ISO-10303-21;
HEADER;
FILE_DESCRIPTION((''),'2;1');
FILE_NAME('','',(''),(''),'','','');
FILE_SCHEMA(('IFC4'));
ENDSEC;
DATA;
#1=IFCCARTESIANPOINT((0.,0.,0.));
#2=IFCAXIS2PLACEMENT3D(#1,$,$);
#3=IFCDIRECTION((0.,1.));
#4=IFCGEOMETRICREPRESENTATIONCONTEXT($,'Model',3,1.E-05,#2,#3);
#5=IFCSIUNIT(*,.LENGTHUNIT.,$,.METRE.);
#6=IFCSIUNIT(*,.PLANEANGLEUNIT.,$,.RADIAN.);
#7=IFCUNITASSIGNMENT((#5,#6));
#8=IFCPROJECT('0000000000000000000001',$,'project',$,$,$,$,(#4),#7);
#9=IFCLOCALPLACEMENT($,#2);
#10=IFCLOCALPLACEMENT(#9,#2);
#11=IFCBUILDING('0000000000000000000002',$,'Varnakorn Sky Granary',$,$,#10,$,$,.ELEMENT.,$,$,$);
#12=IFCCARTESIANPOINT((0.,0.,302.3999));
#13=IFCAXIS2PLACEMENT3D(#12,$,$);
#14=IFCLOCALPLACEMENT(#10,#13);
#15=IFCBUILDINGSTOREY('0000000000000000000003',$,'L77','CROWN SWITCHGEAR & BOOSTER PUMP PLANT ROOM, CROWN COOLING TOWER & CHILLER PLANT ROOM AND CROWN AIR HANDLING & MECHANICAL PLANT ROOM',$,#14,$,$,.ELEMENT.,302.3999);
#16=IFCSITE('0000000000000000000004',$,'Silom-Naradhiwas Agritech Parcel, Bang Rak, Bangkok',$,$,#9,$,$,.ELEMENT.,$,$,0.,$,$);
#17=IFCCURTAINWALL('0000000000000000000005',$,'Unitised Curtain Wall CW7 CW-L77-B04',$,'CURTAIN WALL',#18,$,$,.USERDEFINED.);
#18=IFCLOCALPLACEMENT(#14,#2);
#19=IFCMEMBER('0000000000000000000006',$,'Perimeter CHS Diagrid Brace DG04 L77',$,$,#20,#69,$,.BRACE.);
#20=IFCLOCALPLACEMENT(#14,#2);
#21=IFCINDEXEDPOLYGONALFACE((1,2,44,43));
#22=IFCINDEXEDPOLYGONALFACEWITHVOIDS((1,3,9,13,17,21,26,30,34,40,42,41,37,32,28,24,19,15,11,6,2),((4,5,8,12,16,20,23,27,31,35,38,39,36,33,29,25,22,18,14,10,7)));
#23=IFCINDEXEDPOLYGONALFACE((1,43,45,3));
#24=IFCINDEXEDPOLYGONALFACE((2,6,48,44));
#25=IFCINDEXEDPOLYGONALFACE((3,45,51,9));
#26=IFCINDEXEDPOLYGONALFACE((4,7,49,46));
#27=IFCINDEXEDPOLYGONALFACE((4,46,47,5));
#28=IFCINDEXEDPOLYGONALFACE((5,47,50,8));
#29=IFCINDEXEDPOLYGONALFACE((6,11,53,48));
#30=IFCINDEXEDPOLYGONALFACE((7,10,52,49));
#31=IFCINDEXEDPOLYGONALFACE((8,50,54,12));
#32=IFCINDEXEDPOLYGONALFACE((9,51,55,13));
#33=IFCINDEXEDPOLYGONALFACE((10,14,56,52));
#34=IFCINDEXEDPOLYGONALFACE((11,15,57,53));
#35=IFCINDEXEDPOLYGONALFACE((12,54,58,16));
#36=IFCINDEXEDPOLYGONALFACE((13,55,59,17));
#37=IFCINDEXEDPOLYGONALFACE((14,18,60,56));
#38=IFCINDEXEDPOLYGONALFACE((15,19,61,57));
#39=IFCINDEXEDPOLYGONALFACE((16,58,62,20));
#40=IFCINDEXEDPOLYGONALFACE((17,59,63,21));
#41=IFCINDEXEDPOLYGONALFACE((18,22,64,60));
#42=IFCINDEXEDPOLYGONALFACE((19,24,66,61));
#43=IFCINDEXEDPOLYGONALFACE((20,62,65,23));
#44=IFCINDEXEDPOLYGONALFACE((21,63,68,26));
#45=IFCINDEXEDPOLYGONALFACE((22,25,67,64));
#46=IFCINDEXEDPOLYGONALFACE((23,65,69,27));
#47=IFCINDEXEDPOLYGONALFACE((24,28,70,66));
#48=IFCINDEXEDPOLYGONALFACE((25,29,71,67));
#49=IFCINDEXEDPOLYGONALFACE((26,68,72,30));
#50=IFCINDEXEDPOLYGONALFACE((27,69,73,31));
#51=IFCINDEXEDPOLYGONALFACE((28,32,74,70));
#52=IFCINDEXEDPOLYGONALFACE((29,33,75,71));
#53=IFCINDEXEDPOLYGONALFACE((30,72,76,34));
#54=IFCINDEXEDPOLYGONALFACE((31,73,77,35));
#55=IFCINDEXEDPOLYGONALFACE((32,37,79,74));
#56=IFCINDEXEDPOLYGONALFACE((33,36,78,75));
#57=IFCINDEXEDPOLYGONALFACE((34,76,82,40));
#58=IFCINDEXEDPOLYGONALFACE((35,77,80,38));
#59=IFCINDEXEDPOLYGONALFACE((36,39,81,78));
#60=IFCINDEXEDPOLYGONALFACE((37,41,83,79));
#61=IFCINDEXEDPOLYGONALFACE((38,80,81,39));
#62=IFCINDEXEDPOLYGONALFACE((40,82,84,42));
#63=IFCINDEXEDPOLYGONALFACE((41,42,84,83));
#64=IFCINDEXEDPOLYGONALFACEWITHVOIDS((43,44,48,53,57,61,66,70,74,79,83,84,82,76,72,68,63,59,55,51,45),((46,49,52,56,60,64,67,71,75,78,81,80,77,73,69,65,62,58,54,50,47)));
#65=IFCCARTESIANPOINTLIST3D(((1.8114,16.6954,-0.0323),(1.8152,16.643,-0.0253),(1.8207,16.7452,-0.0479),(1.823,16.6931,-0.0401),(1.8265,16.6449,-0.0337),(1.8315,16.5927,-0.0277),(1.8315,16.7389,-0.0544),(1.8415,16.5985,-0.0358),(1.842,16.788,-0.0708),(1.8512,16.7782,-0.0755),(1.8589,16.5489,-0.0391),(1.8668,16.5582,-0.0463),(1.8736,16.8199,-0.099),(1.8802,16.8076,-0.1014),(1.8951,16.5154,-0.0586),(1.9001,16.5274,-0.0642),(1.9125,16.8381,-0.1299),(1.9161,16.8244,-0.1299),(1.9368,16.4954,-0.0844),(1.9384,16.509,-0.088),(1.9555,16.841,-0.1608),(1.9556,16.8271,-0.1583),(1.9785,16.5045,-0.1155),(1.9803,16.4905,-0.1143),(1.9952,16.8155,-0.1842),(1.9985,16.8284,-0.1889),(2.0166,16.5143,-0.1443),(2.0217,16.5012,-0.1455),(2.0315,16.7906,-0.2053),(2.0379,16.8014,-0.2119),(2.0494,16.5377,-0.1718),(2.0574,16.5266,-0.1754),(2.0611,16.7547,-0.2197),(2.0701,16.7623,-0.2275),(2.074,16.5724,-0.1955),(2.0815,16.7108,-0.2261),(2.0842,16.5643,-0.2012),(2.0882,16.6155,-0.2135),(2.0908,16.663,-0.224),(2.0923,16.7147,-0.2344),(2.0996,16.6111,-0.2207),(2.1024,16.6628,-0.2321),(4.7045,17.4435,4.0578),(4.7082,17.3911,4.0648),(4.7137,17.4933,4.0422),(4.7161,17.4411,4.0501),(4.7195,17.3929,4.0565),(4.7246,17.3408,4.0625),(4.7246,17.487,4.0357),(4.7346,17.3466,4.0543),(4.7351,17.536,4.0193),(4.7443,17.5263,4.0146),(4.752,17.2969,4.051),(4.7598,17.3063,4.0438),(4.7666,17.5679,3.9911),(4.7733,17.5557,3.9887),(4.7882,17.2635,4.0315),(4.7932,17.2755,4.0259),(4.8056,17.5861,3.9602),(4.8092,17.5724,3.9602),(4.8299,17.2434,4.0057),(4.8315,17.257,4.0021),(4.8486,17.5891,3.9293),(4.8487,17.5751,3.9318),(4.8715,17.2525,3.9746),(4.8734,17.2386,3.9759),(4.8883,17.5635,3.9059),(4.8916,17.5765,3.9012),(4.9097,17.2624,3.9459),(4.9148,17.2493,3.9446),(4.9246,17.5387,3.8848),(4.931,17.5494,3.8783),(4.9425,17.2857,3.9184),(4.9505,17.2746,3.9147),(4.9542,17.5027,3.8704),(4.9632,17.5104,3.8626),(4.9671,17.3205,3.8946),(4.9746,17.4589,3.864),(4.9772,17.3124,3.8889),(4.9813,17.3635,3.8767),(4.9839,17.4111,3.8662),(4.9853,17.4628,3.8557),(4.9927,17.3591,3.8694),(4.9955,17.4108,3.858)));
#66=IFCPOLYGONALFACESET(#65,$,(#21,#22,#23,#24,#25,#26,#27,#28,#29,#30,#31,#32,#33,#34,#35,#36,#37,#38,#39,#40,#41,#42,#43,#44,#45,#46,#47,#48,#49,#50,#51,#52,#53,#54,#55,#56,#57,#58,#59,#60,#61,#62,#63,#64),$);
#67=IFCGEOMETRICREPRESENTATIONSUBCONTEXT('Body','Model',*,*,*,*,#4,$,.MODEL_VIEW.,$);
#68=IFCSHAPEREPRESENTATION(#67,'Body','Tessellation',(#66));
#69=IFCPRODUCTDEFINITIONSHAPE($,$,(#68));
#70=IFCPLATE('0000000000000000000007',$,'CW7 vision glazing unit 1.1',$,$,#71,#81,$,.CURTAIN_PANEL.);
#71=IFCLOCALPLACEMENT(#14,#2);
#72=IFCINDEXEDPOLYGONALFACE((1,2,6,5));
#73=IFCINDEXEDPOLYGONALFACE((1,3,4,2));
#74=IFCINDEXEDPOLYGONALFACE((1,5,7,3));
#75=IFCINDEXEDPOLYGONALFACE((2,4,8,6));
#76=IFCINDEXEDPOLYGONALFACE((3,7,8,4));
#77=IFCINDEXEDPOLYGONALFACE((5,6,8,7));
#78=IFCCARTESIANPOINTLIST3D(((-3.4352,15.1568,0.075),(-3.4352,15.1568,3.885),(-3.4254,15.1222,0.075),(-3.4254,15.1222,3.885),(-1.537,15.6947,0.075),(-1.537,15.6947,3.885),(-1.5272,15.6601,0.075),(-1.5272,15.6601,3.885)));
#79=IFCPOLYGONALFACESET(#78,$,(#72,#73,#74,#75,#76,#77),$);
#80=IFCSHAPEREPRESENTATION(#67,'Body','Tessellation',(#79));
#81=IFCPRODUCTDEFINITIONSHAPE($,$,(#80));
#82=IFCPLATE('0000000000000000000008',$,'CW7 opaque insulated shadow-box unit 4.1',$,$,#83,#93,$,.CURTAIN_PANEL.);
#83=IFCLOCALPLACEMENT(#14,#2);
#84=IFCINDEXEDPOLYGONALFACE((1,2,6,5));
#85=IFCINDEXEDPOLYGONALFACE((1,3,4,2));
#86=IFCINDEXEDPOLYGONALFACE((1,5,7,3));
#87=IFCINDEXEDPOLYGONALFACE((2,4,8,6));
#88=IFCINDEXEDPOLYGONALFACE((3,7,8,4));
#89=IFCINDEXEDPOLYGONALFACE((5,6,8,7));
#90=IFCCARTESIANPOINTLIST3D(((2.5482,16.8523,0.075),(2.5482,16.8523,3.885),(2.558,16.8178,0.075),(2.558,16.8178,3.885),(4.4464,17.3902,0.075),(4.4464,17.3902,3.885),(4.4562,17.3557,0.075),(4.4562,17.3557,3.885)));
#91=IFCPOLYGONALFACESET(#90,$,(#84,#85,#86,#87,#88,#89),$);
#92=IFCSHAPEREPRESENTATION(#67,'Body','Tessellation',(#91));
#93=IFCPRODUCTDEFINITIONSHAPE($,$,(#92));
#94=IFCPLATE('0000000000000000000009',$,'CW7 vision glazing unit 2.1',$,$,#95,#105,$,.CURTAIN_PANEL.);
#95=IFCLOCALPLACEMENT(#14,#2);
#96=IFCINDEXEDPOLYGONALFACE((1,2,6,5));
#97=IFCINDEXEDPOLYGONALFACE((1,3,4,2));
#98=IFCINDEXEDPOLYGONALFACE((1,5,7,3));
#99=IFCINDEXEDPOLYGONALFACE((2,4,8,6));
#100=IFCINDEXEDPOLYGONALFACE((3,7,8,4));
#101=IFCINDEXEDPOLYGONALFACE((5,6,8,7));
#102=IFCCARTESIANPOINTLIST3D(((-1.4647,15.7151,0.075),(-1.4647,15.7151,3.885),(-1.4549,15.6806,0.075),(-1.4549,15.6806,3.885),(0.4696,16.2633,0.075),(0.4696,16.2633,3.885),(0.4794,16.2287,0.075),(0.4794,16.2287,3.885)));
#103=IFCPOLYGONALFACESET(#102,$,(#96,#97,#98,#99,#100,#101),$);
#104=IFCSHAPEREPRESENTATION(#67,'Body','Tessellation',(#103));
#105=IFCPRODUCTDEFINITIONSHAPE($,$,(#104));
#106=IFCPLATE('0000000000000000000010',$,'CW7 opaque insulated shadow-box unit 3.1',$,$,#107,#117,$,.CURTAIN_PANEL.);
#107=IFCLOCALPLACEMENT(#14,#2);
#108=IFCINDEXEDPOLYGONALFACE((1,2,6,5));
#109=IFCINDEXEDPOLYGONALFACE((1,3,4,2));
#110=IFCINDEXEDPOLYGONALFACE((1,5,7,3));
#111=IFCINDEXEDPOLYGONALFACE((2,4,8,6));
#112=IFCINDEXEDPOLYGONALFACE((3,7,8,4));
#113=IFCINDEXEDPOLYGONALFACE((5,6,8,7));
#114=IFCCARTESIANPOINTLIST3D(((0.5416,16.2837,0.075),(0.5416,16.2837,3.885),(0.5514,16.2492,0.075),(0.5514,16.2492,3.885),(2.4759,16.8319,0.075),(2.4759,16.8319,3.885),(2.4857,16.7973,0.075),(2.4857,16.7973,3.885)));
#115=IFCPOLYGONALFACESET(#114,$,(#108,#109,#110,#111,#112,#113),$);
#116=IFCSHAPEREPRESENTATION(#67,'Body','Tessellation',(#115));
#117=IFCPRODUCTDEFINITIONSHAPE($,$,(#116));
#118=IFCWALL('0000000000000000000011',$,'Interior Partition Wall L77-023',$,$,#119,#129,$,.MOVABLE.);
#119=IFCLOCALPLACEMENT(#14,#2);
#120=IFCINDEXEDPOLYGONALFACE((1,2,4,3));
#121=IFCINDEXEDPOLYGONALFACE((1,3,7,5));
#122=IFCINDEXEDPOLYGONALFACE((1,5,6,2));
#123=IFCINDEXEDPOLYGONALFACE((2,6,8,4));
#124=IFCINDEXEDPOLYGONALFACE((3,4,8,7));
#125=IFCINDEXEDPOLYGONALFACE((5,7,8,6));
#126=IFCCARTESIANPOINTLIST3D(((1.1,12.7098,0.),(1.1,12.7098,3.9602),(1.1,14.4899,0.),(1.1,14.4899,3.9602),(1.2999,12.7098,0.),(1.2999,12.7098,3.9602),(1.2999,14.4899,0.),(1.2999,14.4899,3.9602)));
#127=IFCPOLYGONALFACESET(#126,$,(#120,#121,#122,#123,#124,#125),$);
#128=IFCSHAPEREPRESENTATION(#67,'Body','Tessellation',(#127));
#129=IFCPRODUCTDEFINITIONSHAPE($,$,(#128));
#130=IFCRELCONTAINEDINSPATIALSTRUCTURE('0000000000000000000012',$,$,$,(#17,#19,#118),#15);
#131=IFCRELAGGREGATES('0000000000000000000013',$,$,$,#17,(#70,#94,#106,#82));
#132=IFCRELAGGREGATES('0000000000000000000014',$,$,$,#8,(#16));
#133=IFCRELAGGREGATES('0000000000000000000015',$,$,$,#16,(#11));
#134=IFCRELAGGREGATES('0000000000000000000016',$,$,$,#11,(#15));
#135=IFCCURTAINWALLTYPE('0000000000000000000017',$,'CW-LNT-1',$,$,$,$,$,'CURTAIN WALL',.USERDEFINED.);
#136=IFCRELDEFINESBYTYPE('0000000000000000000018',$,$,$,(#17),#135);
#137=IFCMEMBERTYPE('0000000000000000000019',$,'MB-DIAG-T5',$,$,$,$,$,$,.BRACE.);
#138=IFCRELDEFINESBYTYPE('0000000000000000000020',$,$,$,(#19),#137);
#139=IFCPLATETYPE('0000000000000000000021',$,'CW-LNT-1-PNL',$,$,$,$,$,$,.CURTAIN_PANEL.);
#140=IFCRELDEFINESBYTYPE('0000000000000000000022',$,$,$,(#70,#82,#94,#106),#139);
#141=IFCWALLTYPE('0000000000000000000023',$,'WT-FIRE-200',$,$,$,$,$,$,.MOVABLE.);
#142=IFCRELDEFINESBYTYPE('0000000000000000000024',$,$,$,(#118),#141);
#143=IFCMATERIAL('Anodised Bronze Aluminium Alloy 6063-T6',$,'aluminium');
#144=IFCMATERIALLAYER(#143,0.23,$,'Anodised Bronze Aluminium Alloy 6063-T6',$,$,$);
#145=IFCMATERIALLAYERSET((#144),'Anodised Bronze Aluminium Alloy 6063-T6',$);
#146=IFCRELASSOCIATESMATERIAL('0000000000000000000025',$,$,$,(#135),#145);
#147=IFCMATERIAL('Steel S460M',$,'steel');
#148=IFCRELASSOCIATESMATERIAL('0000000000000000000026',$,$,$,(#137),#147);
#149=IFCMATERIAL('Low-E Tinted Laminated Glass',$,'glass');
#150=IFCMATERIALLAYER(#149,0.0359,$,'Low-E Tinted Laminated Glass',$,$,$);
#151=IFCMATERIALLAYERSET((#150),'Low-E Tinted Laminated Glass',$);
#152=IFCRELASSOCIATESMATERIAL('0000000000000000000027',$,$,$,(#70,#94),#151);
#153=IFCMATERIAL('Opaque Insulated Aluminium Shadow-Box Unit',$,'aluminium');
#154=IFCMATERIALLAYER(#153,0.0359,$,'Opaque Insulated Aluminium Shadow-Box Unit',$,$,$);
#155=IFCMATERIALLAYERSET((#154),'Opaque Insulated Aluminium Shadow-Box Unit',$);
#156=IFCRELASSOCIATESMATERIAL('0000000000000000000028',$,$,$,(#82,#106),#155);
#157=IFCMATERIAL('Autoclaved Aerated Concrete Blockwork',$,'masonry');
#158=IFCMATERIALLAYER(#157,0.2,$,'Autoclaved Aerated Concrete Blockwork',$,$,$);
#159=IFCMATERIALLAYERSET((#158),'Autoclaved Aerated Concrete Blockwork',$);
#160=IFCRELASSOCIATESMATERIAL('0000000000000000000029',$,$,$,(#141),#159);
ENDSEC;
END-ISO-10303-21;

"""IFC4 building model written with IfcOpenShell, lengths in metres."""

from ifc_helpers import new_model, si_unit, direction, frame, frame_2d, origin, origin_2d, place, context, subcontext, project, spatial, rectangle, hollow_circle, extrude, source, transform, mapped, material, layer, layer_set, material_profile, profile_set, type_object, type_shapes, element, aggregate, save


model = new_model("IFC4")

# Units and contexts
model_context = context("Model", 3, precision=1e-05, world=origin(), true_north=direction((0.0, 1.0)))
body_context = subcontext(model_context, "Body", "Model", "MODEL_VIEW")
ifc_project = project(units=[si_unit("LENGTHUNIT", "METRE"), si_unit("PLANEANGLEUNIT", "RADIAN")], contexts=[model_context])

# Site, building, storey
site_placement = place(None, origin())
site = spatial("IfcSite", under=ifc_project, at=site_placement, Name="Silom-Naradhiwas Agritech Parcel, Bang Rak, Bangkok", CompositionType="ELEMENT", RefElevation=0.0)
building_placement = place(site_placement, origin())
building = spatial("IfcBuilding", under=site, at=building_placement, Name="Varnakorn Sky Granary", CompositionType="ELEMENT")
storey_placement = place(building_placement, frame((0.0, 0.0, 302.3999)))
storey = spatial("IfcBuildingStorey", under=building, at=storey_placement, Name="L77", Description="CROWN SWITCHGEAR & BOOSTER PUMP PLANT ROOM, CROWN COOLING TOWER & CHILLER PLANT ROOM AND CROWN AIR HANDLING & MECHANICAL PLANT ROOM", CompositionType="ELEMENT", Elevation=302.3999)

# Shared definitions
ifc_material_1 = material(Name="Steel S460M", Category="steel")

# Shared definitions
ifc_material_2 = material(Name="Anodised Bronze Aluminium Alloy 6063-T6", Category="aluminium")
ifc_layer_1 = layer(ifc_material_2, 0.23, Name="Anodised Bronze Aluminium Alloy 6063-T6")
ifc_layer_set_1 = layer_set([ifc_layer_1], Name="Anodised Bronze Aluminium Alloy 6063-T6")
curtain_wall_type = type_object("IfcCurtainWallType", Name="CW-LNT-1", ElementType="CURTAIN WALL", PredefinedType="USERDEFINED", material=ifc_layer_set_1)

# Curtain wall
curtain_wall_1_placement = place(storey_placement, origin())
curtain_wall_1 = element("IfcCurtainWall", 1, at=curtain_wall_1_placement, inside=storey, type_object=curtain_wall_type, Name="Unitised Curtain Wall CW7 CW-L77-B04", ObjectType="CURTAIN WALL", PredefinedType="USERDEFINED")

# Member
ifc_material_profile_1 = material_profile(ifc_material_1, hollow_circle(Radius=0.1777, WallThickness=0.0142, at=origin_2d()), Name="CHS 355.6x14")
ifc_profile_set_1 = profile_set([ifc_material_profile_1], Name="Steel S460M")
member_type_1 = type_object("IfcMemberType", Name="MB-DIAG-T5", PredefinedType="BRACE", material=ifc_profile_set_1)
member_1_placement = place(storey_placement, frame((1.957, 16.666, -0.1299), z_axis=(0.571143, 0.147678, 0.807457), x_axis=(-0.250333, 0.96816, 0.0)))
element("IfcMember", 2, at=member_1_placement, inside=storey, type_object=member_type_1, Name="Perimeter CHS Diagrid Brace DG04 L77", PredefinedType="BRACE", context=body_context, shape_type="SweptSolid", body=[
    extrude(hollow_circle(Radius=0.1777, WallThickness=0.0142, at=origin_2d()), origin(), (0.0, 0.0, 1.0), 5.0654),
])

# Plates
ifc_material_3 = material(Name="Low-E Tinted Laminated Glass", Category="glass")
ifc_layer_2 = layer(ifc_material_3, 0.0359, Name="Low-E Tinted Laminated Glass")
ifc_layer_set_2 = layer_set([ifc_layer_2], Name="Low-E Tinted Laminated Glass")
plate_type = type_object("IfcPlateType", Name="CW-LNT-1-PNL", PredefinedType="CURTAIN_PANEL")
shared_shape_1 = source(origin(), body_context, "Body", "SweptSolid", [
    extrude(rectangle(XDim=1.9729, YDim=0.0359, at=origin_2d()), origin(), (0.0, 0.0, 1.0), 3.8101),
])
plate_1_placement = place(storey_placement, frame((-2.4812, 15.4084, 0.075), z_axis=(0.0, 0.0, 1.0), x_axis=(0.962113, 0.27265, 0.0)))
plate_1 = element("IfcPlate", 3, at=plate_1_placement, type_object=plate_type, material=ifc_layer_set_2, Name="CW7 vision glazing unit 1.1", PredefinedType="CURTAIN_PANEL", context=body_context, shape_type="MappedRepresentation", body=[
    mapped(shared_shape_1, transform((0.0, 0.0, 0.0), x_axis=(1.0, 0.0, 0.0), y_axis=(0.0, 1.0, 0.0), z_axis=(0.0, 0.0, 1.0), scale=1.0)),
])
ifc_material_4 = material(Name="Opaque Insulated Aluminium Shadow-Box Unit", Category="aluminium")
ifc_layer_3 = layer(ifc_material_4, 0.0359, Name="Opaque Insulated Aluminium Shadow-Box Unit")
ifc_layer_set_3 = layer_set([ifc_layer_3], Name="Opaque Insulated Aluminium Shadow-Box Unit")
plate_2_placement = place(storey_placement, frame((3.5022, 17.104, 0.075), z_axis=(0.0, 0.0, 1.0), x_axis=(0.962113, 0.27265, 0.0)))
plate_2 = element("IfcPlate", 4, at=plate_2_placement, type_object=plate_type, material=ifc_layer_set_3, Name="CW7 opaque insulated shadow-box unit 4.1", PredefinedType="CURTAIN_PANEL", context=body_context, shape_type="MappedRepresentation", body=[
    mapped(shared_shape_1, transform((0.0, 0.0, 0.0), x_axis=(1.0, 0.0, 0.0), y_axis=(0.0, 1.0, 0.0), z_axis=(0.0, 0.0, 1.0), scale=1.0)),
])
shared_shape_2 = source(origin(), body_context, "Body", "SweptSolid", [
    extrude(rectangle(XDim=2.0105, YDim=0.0359, at=origin_2d()), origin(), (0.0, 0.0, 1.0), 3.8101),
])
type_shapes(plate_type, [shared_shape_1, shared_shape_2])
plate_3_placement = place(storey_placement, frame((-0.4927, 15.9719, 0.075), z_axis=(0.0, 0.0, 1.0), x_axis=(0.962113, 0.27265, 0.0)))
plate_3 = element("IfcPlate", 5, at=plate_3_placement, type_object=plate_type, material=ifc_layer_set_2, Name="CW7 vision glazing unit 2.1", PredefinedType="CURTAIN_PANEL", context=body_context, shape_type="MappedRepresentation", body=[
    mapped(shared_shape_2, transform((0.0, 0.0, 0.0), x_axis=(1.0, 0.0, 0.0), y_axis=(0.0, 1.0, 0.0), z_axis=(0.0, 0.0, 1.0), scale=1.0)),
])
plate_4_placement = place(storey_placement, frame((1.5137, 16.5405, 0.075), z_axis=(0.0, 0.0, 1.0), x_axis=(0.962113, 0.27265, 0.0)))
plate_4 = element("IfcPlate", 6, at=plate_4_placement, type_object=plate_type, material=ifc_layer_set_3, Name="CW7 opaque insulated shadow-box unit 3.1", PredefinedType="CURTAIN_PANEL", context=body_context, shape_type="MappedRepresentation", body=[
    mapped(shared_shape_2, transform((0.0, 0.0, 0.0), x_axis=(1.0, 0.0, 0.0), y_axis=(0.0, 1.0, 0.0), z_axis=(0.0, 0.0, 1.0), scale=1.0)),
])
aggregate(curtain_wall_1, [plate_1, plate_3, plate_4, plate_2])

# Wall
ifc_material_5 = material(Name="Autoclaved Aerated Concrete Blockwork", Category="masonry")
ifc_layer_4 = layer(ifc_material_5, 0.2, Name="Autoclaved Aerated Concrete Blockwork")
ifc_layer_set_4 = layer_set([ifc_layer_4], Name="Autoclaved Aerated Concrete Blockwork")
wall_type = type_object("IfcWallType", Name="WT-FIRE-200", PredefinedType="MOVABLE", material=ifc_layer_set_4)
wall_placement = place(storey_placement, frame((1.2, 14.49, 0.0), z_axis=(0.0, 0.0, 1.0), x_axis=(0.0, -1.0, 0.0)))
element("IfcWall", 7, at=wall_placement, inside=storey, type_object=wall_type, Name="Interior Partition Wall L77-023", PredefinedType="MOVABLE", context=body_context, shape_type="SweptSolid", body=[
    extrude(rectangle(XDim=1.78, YDim=0.2, at=frame_2d((0.8901, 0.0))), origin(), (0.0, 0.0, 1.0), 3.9602),
])

save(model, "model.ifc")
